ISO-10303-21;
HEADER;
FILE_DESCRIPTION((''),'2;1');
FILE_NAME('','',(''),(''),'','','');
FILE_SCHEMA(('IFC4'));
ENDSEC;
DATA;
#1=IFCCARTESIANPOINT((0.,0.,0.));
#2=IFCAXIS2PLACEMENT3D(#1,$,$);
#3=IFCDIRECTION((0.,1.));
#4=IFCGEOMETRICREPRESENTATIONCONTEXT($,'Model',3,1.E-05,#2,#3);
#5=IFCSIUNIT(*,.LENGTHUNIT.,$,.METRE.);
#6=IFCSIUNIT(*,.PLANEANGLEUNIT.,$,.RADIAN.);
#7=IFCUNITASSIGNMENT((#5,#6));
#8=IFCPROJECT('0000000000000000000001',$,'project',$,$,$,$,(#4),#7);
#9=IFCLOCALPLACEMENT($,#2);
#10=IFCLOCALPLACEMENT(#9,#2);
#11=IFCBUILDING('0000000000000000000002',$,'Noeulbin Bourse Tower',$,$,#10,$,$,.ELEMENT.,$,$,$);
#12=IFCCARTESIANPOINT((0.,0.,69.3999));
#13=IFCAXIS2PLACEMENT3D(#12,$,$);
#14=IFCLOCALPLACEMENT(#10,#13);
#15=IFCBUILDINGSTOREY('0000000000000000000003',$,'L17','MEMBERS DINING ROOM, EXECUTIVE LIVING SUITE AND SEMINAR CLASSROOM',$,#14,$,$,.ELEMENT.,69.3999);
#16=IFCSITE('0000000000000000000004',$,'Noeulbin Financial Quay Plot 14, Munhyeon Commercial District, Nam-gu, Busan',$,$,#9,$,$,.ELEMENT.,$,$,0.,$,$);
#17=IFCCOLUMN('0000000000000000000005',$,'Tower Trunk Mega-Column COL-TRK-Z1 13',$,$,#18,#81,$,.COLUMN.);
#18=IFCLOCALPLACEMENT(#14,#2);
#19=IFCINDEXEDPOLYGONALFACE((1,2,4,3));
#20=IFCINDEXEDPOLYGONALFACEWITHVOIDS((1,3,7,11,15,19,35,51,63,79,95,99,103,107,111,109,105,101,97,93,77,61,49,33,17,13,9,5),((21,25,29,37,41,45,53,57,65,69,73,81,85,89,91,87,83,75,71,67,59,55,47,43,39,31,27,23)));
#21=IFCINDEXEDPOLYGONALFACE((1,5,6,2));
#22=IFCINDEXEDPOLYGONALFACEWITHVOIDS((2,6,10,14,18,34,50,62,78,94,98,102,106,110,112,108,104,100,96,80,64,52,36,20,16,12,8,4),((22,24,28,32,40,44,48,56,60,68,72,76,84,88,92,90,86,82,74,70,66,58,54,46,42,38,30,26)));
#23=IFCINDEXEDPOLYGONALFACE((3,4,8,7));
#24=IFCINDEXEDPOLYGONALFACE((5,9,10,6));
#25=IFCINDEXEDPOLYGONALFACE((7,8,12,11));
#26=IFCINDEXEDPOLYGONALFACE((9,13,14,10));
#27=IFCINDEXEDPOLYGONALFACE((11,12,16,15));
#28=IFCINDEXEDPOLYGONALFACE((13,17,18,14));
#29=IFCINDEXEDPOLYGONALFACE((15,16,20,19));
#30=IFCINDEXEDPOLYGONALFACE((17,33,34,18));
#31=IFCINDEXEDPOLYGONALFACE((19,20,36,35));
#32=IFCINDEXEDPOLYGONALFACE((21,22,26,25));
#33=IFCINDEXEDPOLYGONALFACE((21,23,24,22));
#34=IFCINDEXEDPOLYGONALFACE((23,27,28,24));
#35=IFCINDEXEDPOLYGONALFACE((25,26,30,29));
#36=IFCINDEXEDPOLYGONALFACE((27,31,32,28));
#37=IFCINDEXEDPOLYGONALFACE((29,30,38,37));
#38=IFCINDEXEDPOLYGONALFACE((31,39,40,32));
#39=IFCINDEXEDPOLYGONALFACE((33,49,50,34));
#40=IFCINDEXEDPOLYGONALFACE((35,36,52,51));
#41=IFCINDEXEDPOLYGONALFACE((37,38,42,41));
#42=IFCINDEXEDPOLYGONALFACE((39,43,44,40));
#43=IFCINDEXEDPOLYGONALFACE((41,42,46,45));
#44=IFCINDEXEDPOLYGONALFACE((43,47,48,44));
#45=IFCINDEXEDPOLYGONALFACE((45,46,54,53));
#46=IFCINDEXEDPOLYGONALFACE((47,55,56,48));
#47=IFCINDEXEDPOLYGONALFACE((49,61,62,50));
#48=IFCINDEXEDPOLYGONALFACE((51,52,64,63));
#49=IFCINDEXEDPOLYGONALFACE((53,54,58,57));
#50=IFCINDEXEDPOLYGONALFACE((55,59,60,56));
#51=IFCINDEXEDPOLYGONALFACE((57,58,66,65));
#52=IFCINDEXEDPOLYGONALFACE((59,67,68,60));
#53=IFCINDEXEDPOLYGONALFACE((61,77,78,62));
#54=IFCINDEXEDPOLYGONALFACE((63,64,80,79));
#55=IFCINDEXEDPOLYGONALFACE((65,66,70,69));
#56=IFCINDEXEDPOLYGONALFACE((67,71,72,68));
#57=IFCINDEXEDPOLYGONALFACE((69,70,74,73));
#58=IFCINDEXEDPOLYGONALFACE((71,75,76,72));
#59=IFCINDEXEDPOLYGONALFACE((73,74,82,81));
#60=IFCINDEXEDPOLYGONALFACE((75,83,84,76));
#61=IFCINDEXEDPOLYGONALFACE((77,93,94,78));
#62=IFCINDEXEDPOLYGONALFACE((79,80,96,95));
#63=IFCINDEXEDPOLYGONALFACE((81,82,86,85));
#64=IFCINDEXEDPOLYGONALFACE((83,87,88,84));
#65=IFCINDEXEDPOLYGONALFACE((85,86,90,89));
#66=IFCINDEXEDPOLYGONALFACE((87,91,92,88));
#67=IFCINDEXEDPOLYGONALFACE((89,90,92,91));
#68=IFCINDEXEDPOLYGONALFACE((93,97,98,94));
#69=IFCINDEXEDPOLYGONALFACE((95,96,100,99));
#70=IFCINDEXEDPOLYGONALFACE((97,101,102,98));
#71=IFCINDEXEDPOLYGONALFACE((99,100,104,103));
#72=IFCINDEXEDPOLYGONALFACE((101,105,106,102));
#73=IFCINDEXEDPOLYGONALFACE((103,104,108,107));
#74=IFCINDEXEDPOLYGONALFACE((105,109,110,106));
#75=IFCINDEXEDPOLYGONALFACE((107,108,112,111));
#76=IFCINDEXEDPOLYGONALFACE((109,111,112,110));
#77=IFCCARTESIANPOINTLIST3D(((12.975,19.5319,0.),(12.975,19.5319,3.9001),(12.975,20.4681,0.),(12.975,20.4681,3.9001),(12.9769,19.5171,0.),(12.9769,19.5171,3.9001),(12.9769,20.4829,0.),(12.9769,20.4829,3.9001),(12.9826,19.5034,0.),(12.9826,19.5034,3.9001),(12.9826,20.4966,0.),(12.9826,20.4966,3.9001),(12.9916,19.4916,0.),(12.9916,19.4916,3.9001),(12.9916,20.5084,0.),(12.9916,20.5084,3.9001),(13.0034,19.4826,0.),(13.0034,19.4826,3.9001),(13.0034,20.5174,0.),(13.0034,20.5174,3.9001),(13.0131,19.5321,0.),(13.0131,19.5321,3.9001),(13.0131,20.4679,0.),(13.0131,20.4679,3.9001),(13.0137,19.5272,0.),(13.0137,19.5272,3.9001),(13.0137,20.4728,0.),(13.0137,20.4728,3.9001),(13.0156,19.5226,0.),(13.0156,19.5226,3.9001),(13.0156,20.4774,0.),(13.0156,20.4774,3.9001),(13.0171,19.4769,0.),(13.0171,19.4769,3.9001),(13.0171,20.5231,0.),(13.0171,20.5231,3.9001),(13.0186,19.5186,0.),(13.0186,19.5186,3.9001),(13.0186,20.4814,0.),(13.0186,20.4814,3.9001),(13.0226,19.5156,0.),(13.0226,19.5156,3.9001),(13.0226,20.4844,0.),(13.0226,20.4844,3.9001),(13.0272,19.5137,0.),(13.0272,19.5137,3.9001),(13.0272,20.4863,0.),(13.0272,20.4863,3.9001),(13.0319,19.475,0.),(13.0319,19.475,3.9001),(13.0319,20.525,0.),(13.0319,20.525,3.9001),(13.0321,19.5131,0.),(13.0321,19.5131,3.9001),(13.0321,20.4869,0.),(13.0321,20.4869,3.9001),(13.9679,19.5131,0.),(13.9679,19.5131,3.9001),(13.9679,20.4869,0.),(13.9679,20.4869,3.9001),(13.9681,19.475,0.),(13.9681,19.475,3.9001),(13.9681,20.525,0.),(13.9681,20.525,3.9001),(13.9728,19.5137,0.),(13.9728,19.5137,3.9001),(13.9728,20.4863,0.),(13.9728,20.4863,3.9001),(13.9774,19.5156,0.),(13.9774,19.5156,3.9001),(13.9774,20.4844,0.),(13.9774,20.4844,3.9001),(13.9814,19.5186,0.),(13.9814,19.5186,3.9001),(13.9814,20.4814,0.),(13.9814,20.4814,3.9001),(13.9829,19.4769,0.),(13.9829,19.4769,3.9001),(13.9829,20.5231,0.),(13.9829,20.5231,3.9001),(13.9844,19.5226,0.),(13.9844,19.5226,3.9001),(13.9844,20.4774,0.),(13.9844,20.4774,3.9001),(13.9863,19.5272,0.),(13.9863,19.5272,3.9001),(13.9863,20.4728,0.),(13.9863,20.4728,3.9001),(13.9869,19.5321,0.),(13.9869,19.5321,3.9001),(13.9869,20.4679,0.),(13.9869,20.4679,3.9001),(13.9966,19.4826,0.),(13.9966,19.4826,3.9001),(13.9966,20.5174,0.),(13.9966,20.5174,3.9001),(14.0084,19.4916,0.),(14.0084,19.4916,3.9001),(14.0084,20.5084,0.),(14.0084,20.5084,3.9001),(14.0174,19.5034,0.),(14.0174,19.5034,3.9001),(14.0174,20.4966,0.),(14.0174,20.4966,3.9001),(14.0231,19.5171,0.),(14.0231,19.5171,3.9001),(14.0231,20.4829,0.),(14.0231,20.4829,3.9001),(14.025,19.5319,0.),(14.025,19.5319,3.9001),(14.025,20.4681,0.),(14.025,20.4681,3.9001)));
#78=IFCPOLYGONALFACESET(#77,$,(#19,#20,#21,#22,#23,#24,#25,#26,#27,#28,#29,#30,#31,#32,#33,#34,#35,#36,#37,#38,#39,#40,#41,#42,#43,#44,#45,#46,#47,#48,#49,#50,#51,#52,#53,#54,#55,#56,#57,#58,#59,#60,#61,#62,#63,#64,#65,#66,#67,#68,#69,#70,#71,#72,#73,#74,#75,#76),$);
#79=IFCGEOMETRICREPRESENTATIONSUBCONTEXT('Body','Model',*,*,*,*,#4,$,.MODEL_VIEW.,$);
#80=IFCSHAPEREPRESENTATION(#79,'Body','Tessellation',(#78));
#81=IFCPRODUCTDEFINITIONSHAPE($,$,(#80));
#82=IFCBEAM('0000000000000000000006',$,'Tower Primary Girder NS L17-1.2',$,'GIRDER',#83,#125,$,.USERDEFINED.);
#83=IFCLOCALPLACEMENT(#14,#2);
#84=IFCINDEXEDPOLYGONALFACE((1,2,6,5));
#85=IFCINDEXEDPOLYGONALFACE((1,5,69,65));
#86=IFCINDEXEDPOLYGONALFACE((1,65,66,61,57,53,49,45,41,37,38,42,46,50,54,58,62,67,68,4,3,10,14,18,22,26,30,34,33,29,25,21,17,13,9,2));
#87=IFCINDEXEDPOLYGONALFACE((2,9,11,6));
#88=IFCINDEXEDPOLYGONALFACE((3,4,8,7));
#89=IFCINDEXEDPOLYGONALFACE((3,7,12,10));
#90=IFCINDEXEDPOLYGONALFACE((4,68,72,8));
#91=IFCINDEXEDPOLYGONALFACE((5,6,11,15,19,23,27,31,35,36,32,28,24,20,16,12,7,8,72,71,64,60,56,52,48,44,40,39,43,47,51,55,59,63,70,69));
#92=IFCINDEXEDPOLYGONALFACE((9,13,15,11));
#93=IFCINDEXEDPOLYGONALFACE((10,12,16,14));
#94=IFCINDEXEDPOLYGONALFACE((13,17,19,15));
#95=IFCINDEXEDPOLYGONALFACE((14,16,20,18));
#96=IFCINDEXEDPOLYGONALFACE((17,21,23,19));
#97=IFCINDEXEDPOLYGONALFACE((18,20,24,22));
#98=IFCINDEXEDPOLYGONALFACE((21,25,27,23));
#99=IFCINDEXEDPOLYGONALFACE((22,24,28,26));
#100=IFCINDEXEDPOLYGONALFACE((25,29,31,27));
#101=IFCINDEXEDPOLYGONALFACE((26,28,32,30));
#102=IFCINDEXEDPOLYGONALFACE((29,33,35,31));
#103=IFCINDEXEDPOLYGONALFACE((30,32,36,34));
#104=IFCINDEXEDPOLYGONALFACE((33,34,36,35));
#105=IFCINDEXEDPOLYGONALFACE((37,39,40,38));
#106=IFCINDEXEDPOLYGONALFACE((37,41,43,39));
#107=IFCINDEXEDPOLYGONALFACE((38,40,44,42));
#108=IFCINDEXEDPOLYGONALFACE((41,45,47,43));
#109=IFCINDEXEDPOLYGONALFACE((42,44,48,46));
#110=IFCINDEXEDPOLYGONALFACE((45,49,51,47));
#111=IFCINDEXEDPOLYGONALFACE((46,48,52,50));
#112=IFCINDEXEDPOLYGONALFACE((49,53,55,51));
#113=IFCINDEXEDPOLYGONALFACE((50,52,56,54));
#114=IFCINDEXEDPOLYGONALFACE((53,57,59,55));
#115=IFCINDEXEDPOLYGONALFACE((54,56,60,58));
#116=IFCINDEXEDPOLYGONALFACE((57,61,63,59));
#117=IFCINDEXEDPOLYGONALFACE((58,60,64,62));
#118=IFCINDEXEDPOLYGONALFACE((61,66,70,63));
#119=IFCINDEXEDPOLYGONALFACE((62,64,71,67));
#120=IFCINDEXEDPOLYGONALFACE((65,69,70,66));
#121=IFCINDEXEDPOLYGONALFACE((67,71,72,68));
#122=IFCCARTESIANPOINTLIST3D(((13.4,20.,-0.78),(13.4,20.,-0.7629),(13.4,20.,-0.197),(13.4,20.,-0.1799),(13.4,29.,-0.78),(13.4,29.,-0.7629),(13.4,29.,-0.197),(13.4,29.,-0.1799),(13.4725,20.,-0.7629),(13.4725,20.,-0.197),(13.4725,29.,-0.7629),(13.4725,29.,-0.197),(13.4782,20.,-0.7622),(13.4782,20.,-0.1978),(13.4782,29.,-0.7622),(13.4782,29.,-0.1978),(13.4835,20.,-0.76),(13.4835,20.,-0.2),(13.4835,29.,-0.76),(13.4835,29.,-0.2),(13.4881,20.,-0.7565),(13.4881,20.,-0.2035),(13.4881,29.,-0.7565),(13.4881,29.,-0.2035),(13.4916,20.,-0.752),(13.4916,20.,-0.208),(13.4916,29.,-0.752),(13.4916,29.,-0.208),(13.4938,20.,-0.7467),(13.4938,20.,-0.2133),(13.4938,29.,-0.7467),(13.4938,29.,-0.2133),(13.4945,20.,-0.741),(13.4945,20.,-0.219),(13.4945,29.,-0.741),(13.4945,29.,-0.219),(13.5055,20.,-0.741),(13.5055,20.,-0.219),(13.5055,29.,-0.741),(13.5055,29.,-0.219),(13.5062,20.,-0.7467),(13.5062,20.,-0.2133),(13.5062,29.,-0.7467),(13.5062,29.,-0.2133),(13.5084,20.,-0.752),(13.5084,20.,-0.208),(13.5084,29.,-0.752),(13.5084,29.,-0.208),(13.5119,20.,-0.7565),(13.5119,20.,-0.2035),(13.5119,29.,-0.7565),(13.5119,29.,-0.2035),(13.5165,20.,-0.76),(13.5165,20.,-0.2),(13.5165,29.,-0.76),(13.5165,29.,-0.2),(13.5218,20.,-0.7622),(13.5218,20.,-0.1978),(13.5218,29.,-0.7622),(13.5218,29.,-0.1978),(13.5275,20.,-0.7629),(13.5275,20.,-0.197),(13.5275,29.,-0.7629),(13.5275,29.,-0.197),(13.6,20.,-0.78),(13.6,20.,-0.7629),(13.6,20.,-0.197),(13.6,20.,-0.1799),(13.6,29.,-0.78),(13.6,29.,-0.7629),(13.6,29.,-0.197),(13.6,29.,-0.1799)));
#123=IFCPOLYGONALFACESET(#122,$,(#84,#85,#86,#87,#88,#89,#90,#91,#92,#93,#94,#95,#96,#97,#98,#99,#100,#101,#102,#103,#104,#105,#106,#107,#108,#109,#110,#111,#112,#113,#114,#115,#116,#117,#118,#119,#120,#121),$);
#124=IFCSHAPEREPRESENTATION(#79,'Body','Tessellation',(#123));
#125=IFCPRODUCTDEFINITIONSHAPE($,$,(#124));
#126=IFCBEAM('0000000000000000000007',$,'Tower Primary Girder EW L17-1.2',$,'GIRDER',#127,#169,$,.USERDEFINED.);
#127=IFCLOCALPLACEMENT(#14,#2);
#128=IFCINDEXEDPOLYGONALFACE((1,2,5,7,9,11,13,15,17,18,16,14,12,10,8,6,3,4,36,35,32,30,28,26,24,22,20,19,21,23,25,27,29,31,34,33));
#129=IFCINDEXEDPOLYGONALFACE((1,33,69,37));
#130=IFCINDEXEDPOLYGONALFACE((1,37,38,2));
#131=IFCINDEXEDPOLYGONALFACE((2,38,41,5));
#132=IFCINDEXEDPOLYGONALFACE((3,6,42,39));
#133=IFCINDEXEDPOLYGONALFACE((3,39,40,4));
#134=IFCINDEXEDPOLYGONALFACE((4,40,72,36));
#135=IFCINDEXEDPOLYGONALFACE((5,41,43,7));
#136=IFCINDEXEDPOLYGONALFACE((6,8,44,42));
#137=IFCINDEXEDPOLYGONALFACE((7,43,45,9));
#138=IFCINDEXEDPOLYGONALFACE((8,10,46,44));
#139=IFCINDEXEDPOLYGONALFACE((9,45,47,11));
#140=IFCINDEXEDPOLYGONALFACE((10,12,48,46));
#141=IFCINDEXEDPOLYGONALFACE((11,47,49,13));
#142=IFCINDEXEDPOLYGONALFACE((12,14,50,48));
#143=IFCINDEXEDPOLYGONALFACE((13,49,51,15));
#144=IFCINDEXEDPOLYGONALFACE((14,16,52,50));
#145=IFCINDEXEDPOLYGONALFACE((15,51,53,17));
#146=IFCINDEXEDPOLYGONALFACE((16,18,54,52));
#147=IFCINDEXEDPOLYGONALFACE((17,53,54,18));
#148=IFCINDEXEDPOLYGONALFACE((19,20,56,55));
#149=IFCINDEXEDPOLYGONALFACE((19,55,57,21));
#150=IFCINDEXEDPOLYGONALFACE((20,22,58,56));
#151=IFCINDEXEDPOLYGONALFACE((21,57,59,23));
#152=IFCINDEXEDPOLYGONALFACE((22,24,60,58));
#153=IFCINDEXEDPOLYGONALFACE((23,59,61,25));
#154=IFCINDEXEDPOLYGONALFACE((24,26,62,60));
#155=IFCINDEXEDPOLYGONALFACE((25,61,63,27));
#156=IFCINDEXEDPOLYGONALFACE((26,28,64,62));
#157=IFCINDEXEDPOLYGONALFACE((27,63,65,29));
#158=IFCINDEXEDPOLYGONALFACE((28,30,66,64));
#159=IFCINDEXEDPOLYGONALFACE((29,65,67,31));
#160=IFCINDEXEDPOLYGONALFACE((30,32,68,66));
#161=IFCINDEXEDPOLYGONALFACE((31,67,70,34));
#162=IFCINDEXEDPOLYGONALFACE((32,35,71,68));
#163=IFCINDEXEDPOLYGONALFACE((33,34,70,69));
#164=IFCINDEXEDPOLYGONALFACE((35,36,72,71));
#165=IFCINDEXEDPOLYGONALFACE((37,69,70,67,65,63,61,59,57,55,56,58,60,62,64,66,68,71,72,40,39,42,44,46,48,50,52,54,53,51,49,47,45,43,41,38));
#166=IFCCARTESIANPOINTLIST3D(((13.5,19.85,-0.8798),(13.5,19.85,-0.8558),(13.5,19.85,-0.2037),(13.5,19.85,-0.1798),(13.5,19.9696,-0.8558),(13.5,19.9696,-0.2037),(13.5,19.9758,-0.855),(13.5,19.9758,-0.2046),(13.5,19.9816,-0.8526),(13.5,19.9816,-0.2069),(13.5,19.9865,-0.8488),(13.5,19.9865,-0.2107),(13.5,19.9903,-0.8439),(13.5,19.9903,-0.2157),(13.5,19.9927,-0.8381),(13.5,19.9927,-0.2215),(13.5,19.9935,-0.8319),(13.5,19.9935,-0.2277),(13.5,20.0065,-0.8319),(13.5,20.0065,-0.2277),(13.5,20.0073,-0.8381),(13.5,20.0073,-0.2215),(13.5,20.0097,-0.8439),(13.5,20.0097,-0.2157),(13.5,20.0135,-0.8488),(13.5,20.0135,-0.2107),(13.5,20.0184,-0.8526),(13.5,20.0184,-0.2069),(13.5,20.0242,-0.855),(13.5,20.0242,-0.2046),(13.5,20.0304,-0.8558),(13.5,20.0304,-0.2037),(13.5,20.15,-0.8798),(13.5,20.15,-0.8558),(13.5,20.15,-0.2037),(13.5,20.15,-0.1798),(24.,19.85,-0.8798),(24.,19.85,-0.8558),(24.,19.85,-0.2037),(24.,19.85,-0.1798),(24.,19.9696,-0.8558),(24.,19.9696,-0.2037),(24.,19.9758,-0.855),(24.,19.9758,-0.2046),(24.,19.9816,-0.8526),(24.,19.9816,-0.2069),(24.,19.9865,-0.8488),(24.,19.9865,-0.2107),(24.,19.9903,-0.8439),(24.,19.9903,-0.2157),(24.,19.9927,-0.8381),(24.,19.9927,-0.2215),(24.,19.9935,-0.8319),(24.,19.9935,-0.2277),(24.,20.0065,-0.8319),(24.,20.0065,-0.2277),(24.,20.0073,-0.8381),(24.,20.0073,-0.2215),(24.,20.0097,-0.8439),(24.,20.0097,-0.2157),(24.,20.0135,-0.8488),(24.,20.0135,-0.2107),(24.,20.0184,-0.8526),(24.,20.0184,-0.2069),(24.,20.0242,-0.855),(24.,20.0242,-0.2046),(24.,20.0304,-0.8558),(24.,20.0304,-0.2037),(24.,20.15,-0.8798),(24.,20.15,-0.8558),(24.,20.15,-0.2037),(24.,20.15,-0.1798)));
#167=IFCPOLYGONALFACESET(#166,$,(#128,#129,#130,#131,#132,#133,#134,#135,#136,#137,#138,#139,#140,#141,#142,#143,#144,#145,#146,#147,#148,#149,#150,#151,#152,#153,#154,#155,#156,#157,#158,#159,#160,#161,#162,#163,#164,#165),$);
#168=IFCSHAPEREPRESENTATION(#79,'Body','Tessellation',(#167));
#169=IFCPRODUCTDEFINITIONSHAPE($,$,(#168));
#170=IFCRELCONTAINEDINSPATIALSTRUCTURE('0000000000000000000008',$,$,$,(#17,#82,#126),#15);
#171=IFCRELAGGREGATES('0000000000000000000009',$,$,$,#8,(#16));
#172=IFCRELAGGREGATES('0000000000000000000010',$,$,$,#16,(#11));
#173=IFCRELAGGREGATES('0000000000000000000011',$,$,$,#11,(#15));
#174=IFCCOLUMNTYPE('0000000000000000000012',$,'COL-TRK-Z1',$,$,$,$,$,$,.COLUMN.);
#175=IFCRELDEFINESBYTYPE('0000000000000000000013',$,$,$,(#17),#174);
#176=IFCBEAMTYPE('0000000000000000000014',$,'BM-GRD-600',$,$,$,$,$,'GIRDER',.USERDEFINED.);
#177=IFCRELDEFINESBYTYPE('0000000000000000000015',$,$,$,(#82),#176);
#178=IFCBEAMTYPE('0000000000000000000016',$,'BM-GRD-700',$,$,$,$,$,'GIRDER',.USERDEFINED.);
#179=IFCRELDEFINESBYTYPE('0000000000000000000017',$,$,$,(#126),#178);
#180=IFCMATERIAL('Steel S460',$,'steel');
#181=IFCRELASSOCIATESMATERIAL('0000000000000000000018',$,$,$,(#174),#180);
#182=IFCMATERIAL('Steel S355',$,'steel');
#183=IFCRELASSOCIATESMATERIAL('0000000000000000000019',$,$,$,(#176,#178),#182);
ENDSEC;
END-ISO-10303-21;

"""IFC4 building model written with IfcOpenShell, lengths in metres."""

from ifc_helpers import new_model, si_unit, direction, frame, origin, origin_2d, place, context, subcontext, project, spatial, hollow_rectangle, i_section, extrude, material, material_profile, profile_set, type_object, element, save


model = new_model("IFC4")

# Units and contexts
model_context = context("Model", 3, precision=1e-05, world=origin(), true_north=direction((0.0, 1.0)))
body_context = subcontext(model_context, "Body", "Model", "MODEL_VIEW")
ifc_project = project(units=[si_unit("LENGTHUNIT", "METRE"), si_unit("PLANEANGLEUNIT", "RADIAN")], contexts=[model_context])

# Site, building, storey
site_placement = place(None, origin())
site = spatial("IfcSite", under=ifc_project, at=site_placement, Name="Noeulbin Financial Quay Plot 14, Munhyeon Commercial District, Nam-gu, Busan", CompositionType="ELEMENT", RefElevation=0.0)
building_placement = place(site_placement, origin())
building = spatial("IfcBuilding", under=site, at=building_placement, Name="Noeulbin Bourse Tower", CompositionType="ELEMENT")
storey_placement = place(building_placement, frame((0.0, 0.0, 69.3999)))
storey = spatial("IfcBuildingStorey", under=building, at=storey_placement, Name="L17", Description="MEMBERS DINING ROOM, EXECUTIVE LIVING SUITE AND SEMINAR CLASSROOM", CompositionType="ELEMENT", Elevation=69.3999)

# Column
ifc_material_1 = material(Name="Steel S460", Category="steel")
ifc_material_profile_1 = material_profile(ifc_material_1, hollow_rectangle(XDim=1.05, YDim=1.05, WallThickness=0.0381, InnerFilletRadius=0.019, OuterFilletRadius=0.0569, at=origin_2d()), Name="BOX-1050x1050x38", Category="LoadBearing")
ifc_profile_set_1 = profile_set([ifc_material_profile_1], Name="Steel S460")
column_type = type_object("IfcColumnType", Name="COL-TRK-Z1", PredefinedType="COLUMN", material=ifc_profile_set_1)
column_placement = place(storey_placement, frame((13.5, 20.0, 0.0), z_axis=(0.0, 0.0, 1.0), x_axis=(1.0, 0.0, 0.0)))
element("IfcColumn", 1, at=column_placement, inside=storey, type_object=column_type, Name="Tower Trunk Mega-Column COL-TRK-Z1 13", PredefinedType="COLUMN", context=body_context, shape_type="SweptSolid", body=[
    extrude(hollow_rectangle(XDim=1.05, YDim=1.05, WallThickness=0.0381, InnerFilletRadius=0.019, OuterFilletRadius=0.0569, at=origin_2d()), origin(), (0.0, 0.0, 1.0), 3.9001),
])

# Beams
ifc_material_2 = material(Name="Steel S355", Category="steel")
ifc_material_profile_2 = material_profile(ifc_material_2, i_section(OverallWidth=0.2, OverallDepth=0.6001, WebThickness=0.011, FlangeThickness=0.0171, FilletRadius=0.022, at=origin_2d()), Name="H-600x200x11x17", Category="LoadBearing")
ifc_profile_set_2 = profile_set([ifc_material_profile_2], Name="Steel S355")
beam_type_1 = type_object("IfcBeamType", Name="BM-GRD-600", ElementType="GIRDER", PredefinedType="USERDEFINED", material=ifc_profile_set_2)
beam_1_placement = place(storey_placement, frame((13.5, 20.0, -0.48), z_axis=(0.0, 1.0, 0.0), x_axis=(-1.0, 0.0, 0.0)))
element("IfcBeam", 2, at=beam_1_placement, inside=storey, type_object=beam_type_1, Name="Tower Primary Girder NS L17-1.2", ObjectType="GIRDER", PredefinedType="USERDEFINED", context=body_context, shape_type="SweptSolid", body=[
    extrude(i_section(OverallWidth=0.2, OverallDepth=0.6001, WebThickness=0.011, FlangeThickness=0.0171, FilletRadius=0.022, at=origin_2d()), origin(), (0.0, 0.0, 1.0), 9.0),
])
ifc_material_profile_3 = material_profile(ifc_material_2, i_section(OverallWidth=0.3, OverallDepth=0.7, WebThickness=0.0129, FlangeThickness=0.0239, FilletRadius=0.0239, at=origin_2d()), Name="H-700x300x13x24", Category="LoadBearing")
ifc_profile_set_3 = profile_set([ifc_material_profile_3], Name="Steel S355")
beam_type_2 = type_object("IfcBeamType", Name="BM-GRD-700", ElementType="GIRDER", PredefinedType="USERDEFINED", material=ifc_profile_set_3)
beam_2_placement = place(storey_placement, frame((13.5, 20.0, -0.5298), z_axis=(1.0, 0.0, 0.0), x_axis=(0.0, 1.0, 0.0)))
element("IfcBeam", 3, at=beam_2_placement, inside=storey, type_object=beam_type_2, Name="Tower Primary Girder EW L17-1.2", ObjectType="GIRDER", PredefinedType="USERDEFINED", context=body_context, shape_type="SweptSolid", body=[
    extrude(i_section(OverallWidth=0.3, OverallDepth=0.7, WebThickness=0.0129, FlangeThickness=0.0239, FilletRadius=0.0239, at=origin_2d()), origin(), (0.0, 0.0, 1.0), 10.5),
])

save(model, "model.ifc")
